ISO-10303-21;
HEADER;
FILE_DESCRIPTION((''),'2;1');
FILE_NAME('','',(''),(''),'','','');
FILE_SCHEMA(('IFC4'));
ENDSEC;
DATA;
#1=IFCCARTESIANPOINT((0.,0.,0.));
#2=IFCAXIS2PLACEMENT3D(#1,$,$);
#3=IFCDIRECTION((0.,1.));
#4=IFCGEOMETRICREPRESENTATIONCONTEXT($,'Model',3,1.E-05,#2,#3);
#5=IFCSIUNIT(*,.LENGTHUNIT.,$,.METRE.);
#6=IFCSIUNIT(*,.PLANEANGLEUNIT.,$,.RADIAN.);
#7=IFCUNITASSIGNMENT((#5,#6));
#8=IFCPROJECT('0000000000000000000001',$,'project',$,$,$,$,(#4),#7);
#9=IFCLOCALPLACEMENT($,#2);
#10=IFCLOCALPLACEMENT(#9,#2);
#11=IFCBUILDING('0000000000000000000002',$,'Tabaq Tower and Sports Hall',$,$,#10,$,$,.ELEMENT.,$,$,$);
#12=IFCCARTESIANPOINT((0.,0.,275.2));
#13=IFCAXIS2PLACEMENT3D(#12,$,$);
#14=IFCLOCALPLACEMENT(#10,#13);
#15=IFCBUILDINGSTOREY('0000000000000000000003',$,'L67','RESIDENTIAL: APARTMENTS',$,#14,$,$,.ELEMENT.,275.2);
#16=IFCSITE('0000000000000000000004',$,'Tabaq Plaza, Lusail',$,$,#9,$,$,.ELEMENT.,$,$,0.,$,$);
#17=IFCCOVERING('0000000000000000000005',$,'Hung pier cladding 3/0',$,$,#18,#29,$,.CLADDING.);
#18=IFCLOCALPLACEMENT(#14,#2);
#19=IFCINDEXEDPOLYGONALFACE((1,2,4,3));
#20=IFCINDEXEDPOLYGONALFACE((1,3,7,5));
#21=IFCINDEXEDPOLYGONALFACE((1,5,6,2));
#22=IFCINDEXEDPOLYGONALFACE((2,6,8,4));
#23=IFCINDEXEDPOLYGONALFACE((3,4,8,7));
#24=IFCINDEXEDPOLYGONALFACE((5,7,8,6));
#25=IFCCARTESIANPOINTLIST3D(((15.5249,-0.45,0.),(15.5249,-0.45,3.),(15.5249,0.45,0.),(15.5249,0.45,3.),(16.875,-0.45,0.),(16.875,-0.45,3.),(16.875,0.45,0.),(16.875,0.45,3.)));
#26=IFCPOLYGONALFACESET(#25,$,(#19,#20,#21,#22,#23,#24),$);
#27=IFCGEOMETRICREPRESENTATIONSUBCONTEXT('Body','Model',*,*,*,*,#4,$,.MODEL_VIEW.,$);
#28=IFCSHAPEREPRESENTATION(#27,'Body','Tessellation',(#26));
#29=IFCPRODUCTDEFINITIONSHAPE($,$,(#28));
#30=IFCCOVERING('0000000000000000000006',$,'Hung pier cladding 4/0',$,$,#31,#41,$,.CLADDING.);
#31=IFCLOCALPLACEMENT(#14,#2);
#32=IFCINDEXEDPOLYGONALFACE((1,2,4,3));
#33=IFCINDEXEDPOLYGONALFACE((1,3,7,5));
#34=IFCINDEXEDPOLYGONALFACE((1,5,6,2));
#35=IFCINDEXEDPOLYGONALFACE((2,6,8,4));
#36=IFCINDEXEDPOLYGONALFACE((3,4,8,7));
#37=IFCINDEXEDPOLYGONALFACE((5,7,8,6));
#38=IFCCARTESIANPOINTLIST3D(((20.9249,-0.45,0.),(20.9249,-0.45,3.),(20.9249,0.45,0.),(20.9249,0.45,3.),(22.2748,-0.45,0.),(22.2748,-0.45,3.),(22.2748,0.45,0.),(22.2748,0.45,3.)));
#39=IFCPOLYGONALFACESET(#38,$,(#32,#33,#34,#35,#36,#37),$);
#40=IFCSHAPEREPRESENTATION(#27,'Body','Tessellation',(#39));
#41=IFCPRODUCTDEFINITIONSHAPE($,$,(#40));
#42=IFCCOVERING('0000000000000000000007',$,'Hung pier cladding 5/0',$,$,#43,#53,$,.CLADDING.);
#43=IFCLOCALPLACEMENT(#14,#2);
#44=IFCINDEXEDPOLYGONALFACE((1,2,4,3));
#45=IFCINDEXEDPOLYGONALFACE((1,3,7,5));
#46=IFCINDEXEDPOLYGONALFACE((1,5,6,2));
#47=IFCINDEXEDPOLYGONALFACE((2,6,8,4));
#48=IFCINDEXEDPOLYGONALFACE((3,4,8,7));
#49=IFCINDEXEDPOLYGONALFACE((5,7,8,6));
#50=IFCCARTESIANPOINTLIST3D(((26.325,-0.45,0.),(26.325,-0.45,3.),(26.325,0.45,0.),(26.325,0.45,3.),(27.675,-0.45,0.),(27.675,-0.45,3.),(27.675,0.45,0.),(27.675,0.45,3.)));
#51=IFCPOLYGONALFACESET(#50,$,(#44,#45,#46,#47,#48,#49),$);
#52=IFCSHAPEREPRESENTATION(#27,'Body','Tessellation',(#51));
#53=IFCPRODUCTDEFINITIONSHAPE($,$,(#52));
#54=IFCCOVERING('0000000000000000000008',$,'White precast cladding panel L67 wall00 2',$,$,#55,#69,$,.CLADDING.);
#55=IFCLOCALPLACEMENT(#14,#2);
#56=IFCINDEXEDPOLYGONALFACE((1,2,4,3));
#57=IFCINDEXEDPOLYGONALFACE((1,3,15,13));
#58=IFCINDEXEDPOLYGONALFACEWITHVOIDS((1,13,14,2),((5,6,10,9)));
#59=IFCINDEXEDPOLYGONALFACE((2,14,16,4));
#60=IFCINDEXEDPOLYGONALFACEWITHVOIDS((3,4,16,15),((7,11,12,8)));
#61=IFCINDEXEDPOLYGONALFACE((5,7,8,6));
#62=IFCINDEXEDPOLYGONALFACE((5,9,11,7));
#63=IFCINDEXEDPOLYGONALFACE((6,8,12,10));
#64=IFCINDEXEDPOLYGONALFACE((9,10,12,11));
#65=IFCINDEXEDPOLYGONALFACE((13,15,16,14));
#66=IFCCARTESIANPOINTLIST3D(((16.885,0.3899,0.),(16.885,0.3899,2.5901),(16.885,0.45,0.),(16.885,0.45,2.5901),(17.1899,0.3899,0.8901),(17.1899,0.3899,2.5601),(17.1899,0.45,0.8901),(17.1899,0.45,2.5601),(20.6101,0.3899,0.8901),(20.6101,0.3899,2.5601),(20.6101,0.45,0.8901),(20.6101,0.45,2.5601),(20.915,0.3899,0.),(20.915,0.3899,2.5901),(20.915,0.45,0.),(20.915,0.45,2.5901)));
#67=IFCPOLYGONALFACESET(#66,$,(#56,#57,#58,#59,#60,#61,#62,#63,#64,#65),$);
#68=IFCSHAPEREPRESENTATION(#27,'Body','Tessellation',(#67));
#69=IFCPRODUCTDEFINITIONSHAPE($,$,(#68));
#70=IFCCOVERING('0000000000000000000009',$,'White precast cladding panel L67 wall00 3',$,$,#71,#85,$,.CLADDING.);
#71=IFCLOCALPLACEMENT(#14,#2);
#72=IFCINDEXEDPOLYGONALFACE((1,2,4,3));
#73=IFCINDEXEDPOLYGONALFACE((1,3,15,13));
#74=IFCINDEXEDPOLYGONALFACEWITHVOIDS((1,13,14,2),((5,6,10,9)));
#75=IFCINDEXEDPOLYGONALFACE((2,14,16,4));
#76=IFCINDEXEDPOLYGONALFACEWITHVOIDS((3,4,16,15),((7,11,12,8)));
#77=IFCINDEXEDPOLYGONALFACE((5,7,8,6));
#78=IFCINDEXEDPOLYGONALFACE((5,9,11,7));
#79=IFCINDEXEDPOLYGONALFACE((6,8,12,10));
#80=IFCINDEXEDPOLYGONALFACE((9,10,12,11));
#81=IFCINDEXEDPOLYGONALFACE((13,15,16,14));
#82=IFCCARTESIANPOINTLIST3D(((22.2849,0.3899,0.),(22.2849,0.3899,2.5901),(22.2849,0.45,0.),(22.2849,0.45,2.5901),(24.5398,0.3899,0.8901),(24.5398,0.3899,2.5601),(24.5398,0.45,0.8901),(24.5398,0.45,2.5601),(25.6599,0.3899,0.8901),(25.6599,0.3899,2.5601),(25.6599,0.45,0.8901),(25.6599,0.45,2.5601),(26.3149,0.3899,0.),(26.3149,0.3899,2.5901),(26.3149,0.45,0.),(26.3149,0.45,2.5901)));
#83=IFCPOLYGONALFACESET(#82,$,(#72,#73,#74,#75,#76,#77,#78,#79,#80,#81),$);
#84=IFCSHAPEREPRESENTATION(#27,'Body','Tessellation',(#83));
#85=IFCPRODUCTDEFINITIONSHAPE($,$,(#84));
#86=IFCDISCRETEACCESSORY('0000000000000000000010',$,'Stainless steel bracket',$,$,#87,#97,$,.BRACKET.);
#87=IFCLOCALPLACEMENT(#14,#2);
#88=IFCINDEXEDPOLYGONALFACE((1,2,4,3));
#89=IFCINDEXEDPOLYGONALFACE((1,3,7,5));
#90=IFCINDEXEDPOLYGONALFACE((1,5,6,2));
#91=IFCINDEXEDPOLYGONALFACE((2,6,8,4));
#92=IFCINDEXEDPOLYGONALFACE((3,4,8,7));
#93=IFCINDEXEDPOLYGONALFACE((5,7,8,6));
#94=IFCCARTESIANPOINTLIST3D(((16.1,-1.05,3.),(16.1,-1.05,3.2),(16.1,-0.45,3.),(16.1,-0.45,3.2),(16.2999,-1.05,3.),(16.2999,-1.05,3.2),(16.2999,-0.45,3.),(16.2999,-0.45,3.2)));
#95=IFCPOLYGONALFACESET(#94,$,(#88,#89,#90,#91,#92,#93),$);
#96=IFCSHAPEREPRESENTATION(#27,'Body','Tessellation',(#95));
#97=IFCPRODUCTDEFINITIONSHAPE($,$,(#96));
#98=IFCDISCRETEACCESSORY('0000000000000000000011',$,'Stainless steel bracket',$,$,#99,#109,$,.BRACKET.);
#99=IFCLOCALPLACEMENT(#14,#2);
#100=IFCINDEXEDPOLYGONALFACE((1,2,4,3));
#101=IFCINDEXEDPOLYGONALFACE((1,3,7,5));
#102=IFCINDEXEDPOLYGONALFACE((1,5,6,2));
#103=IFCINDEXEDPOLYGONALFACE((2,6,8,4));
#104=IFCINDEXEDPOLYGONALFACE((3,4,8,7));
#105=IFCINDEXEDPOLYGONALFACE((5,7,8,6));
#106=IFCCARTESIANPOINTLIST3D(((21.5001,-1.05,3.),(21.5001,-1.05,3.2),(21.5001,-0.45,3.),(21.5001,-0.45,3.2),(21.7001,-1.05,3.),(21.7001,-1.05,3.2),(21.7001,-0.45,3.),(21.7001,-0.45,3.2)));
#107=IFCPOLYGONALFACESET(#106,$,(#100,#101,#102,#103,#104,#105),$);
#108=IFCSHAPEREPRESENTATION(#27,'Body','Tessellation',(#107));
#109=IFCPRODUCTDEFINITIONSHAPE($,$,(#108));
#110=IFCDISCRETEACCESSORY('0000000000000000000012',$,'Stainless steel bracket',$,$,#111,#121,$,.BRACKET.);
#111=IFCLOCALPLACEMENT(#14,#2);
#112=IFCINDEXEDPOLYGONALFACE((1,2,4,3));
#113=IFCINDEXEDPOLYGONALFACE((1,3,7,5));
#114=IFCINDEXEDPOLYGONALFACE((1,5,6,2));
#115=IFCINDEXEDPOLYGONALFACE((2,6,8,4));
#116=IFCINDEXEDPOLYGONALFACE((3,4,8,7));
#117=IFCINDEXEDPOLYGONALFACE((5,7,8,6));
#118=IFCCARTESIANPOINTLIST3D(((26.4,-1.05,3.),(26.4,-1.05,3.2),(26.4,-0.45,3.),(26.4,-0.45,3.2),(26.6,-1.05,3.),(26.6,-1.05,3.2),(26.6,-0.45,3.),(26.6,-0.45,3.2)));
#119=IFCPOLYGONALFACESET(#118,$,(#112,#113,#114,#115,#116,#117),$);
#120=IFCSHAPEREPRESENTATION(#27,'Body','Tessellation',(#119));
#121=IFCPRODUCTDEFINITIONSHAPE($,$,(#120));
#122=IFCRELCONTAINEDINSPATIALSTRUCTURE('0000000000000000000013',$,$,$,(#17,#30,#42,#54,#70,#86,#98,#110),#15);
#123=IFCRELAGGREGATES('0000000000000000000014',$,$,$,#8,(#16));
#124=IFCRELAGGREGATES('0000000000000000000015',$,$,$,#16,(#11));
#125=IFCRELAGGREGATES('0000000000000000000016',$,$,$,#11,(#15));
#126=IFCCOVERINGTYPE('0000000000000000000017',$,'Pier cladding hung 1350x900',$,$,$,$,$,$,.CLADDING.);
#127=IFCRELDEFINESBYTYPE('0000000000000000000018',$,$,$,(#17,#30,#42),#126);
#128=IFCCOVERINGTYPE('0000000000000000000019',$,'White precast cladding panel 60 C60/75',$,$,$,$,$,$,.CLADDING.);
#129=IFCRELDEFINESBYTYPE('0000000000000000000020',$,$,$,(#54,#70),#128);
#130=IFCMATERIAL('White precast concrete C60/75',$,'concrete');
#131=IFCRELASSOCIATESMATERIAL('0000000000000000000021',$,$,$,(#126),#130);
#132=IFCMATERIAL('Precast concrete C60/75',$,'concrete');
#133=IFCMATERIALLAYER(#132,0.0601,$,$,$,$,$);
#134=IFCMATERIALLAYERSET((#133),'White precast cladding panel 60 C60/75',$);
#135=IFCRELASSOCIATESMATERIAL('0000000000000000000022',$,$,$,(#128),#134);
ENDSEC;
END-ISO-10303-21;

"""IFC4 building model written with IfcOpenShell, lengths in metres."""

from ifc_helpers import new_model, si_unit, direction, frame, frame_2d, origin, origin_2d, place, context, subcontext, project, spatial, polyline, rectangle, outline, extrude, material, layer, layer_set, type_object, element, save


model = new_model("IFC4")

# Units and contexts
model_context = context("Model", 3, precision=1e-05, world=origin(), true_north=direction((0.0, 1.0)))
body_context = subcontext(model_context, "Body", "Model", "MODEL_VIEW")
ifc_project = project(units=[si_unit("LENGTHUNIT", "METRE"), si_unit("PLANEANGLEUNIT", "RADIAN")], contexts=[model_context])

# Site, building, storey
site_placement = place(None, origin())
site = spatial("IfcSite", under=ifc_project, at=site_placement, Name="Tabaq Plaza, Lusail", CompositionType="ELEMENT", RefElevation=0.0)
building_placement = place(site_placement, origin())
building = spatial("IfcBuilding", under=site, at=building_placement, Name="Tabaq Tower and Sports Hall", CompositionType="ELEMENT")
storey_placement = place(building_placement, frame((0.0, 0.0, 275.2)))
storey = spatial("IfcBuildingStorey", under=building, at=storey_placement, Name="L67", Description="RESIDENTIAL: APARTMENTS", CompositionType="ELEMENT", Elevation=275.2)

# Coverings
ifc_material_1 = material(Name="White precast concrete C60/75", Category="concrete")
covering_type_1 = type_object("IfcCoveringType", Name="Pier cladding hung 1350x900", PredefinedType="CLADDING", material=ifc_material_1)
covering_1_placement = place(storey_placement, frame((15.5249, 0.0, 0.0), z_axis=(0.0, 0.0, 1.0), x_axis=(1.0, 0.0, 0.0)))
element("IfcCovering", 1, at=covering_1_placement, inside=storey, type_object=covering_type_1, Name="Hung pier cladding 3/0", PredefinedType="CLADDING", context=body_context, shape_type="SweptSolid", body=[
    extrude(rectangle(XDim=1.3501, YDim=0.8999, at=frame_2d((0.675, 0.0))), origin(), (0.0, 0.0, 1.0), 3.0),
])
covering_2_placement = place(storey_placement, frame((20.925, 0.0, 0.0), z_axis=(0.0, 0.0, 1.0), x_axis=(1.0, 0.0, 0.0)))
element("IfcCovering", 2, at=covering_2_placement, inside=storey, type_object=covering_type_1, Name="Hung pier cladding 4/0", PredefinedType="CLADDING", context=body_context, shape_type="SweptSolid", body=[
    extrude(rectangle(XDim=1.3499, YDim=0.8999, at=frame_2d((0.6748, 0.0))), origin(), (0.0, 0.0, 1.0), 3.0),
])
covering_3_placement = place(storey_placement, frame((26.325, 0.0, 0.0), z_axis=(0.0, 0.0, 1.0), x_axis=(1.0, 0.0, 0.0)))
element("IfcCovering", 3, at=covering_3_placement, inside=storey, type_object=covering_type_1, Name="Hung pier cladding 5/0", PredefinedType="CLADDING", context=body_context, shape_type="SweptSolid", body=[
    extrude(rectangle(XDim=1.3501, YDim=0.8999, at=frame_2d((0.675, 0.0))), origin(), (0.0, 0.0, 1.0), 3.0),
])
ifc_material_2 = material(Name="Precast concrete C60/75", Category="concrete")
ifc_layer_1 = layer(ifc_material_2, 0.0601)
ifc_layer_set_1 = layer_set([ifc_layer_1], Name="White precast cladding panel 60 C60/75")
covering_type_2 = type_object("IfcCoveringType", Name="White precast cladding panel 60 C60/75", PredefinedType="CLADDING", material=ifc_layer_set_1)
covering_4_placement = place(storey_placement, frame((16.885, 0.4199, 0.0), z_axis=(0.0, 0.0, 1.0), x_axis=(1.0, 0.0, 0.0)))
element("IfcCovering", 4, at=covering_4_placement, inside=storey, type_object=covering_type_2, Name="White precast cladding panel L67 wall00 2", PredefinedType="CLADDING", context=body_context, shape_type="SweptSolid", body=[
    extrude(outline(polyline([(0.0, 0.0), (4.03, 0.0), (4.03, 2.5901), (0.0, 2.5901), (0.0, 0.0)]), holes=[polyline([(3.7251, 0.8901), (0.3049, 0.8901), (0.3049, 2.5601), (3.7251, 2.5601), (3.7251, 0.8901)])]), frame((0.0, 0.03, 0.0), z_axis=(0.0, -1.0, 0.0), x_axis=(1.0, 0.0, 0.0)), (0.0, 0.0, 1.0), 0.0601),
])
covering_5_placement = place(storey_placement, frame((22.2849, 0.4199, 0.0), z_axis=(0.0, 0.0, 1.0), x_axis=(1.0, 0.0, 0.0)))
element("IfcCovering", 5, at=covering_5_placement, inside=storey, type_object=covering_type_2, Name="White precast cladding panel L67 wall00 3", PredefinedType="CLADDING", context=body_context, shape_type="SweptSolid", body=[
    extrude(outline(polyline([(0.0, 0.0), (4.03, 0.0), (4.03, 2.5901), (0.0, 2.5901), (0.0, 0.0)]), holes=[polyline([(3.375, 0.8901), (2.2549, 0.8901), (2.2549, 2.5601), (3.375, 2.5601), (3.375, 0.8901)])]), frame((0.0, 0.03, 0.0), z_axis=(0.0, -1.0, 0.0), x_axis=(1.0, 0.0, 0.0)), (0.0, 0.0, 1.0), 0.0601),
])

# Discrete accessories
for number, where, z_axis, x_axis, name in (
    (6, (16.2, -0.75, 3.0), (0.0, 0.0, 1.0), (0.0, -1.0, 0.0), "Stainless steel bracket"),
    (7, (21.6001, -0.75, 3.0), (0.0, 0.0, 1.0), (0.0, -1.0, 0.0), "Stainless steel bracket"),
    (8, (26.5, -0.75, 3.0), (0.0, 0.0, 1.0), (0.0, -1.0, 0.0), "Stainless steel bracket"),
):
    element("IfcDiscreteAccessory", number, at=place(storey_placement, frame(where, z_axis=z_axis, x_axis=x_axis)), inside=storey, Name=name, PredefinedType="BRACKET", context=body_context, shape_type="SweptSolid", body=[
        extrude(rectangle(XDim=0.6001, YDim=0.2, at=origin_2d()), origin(), (0.0, 0.0, 1.0), 0.2),
    ])

save(model, "model.ifc")
